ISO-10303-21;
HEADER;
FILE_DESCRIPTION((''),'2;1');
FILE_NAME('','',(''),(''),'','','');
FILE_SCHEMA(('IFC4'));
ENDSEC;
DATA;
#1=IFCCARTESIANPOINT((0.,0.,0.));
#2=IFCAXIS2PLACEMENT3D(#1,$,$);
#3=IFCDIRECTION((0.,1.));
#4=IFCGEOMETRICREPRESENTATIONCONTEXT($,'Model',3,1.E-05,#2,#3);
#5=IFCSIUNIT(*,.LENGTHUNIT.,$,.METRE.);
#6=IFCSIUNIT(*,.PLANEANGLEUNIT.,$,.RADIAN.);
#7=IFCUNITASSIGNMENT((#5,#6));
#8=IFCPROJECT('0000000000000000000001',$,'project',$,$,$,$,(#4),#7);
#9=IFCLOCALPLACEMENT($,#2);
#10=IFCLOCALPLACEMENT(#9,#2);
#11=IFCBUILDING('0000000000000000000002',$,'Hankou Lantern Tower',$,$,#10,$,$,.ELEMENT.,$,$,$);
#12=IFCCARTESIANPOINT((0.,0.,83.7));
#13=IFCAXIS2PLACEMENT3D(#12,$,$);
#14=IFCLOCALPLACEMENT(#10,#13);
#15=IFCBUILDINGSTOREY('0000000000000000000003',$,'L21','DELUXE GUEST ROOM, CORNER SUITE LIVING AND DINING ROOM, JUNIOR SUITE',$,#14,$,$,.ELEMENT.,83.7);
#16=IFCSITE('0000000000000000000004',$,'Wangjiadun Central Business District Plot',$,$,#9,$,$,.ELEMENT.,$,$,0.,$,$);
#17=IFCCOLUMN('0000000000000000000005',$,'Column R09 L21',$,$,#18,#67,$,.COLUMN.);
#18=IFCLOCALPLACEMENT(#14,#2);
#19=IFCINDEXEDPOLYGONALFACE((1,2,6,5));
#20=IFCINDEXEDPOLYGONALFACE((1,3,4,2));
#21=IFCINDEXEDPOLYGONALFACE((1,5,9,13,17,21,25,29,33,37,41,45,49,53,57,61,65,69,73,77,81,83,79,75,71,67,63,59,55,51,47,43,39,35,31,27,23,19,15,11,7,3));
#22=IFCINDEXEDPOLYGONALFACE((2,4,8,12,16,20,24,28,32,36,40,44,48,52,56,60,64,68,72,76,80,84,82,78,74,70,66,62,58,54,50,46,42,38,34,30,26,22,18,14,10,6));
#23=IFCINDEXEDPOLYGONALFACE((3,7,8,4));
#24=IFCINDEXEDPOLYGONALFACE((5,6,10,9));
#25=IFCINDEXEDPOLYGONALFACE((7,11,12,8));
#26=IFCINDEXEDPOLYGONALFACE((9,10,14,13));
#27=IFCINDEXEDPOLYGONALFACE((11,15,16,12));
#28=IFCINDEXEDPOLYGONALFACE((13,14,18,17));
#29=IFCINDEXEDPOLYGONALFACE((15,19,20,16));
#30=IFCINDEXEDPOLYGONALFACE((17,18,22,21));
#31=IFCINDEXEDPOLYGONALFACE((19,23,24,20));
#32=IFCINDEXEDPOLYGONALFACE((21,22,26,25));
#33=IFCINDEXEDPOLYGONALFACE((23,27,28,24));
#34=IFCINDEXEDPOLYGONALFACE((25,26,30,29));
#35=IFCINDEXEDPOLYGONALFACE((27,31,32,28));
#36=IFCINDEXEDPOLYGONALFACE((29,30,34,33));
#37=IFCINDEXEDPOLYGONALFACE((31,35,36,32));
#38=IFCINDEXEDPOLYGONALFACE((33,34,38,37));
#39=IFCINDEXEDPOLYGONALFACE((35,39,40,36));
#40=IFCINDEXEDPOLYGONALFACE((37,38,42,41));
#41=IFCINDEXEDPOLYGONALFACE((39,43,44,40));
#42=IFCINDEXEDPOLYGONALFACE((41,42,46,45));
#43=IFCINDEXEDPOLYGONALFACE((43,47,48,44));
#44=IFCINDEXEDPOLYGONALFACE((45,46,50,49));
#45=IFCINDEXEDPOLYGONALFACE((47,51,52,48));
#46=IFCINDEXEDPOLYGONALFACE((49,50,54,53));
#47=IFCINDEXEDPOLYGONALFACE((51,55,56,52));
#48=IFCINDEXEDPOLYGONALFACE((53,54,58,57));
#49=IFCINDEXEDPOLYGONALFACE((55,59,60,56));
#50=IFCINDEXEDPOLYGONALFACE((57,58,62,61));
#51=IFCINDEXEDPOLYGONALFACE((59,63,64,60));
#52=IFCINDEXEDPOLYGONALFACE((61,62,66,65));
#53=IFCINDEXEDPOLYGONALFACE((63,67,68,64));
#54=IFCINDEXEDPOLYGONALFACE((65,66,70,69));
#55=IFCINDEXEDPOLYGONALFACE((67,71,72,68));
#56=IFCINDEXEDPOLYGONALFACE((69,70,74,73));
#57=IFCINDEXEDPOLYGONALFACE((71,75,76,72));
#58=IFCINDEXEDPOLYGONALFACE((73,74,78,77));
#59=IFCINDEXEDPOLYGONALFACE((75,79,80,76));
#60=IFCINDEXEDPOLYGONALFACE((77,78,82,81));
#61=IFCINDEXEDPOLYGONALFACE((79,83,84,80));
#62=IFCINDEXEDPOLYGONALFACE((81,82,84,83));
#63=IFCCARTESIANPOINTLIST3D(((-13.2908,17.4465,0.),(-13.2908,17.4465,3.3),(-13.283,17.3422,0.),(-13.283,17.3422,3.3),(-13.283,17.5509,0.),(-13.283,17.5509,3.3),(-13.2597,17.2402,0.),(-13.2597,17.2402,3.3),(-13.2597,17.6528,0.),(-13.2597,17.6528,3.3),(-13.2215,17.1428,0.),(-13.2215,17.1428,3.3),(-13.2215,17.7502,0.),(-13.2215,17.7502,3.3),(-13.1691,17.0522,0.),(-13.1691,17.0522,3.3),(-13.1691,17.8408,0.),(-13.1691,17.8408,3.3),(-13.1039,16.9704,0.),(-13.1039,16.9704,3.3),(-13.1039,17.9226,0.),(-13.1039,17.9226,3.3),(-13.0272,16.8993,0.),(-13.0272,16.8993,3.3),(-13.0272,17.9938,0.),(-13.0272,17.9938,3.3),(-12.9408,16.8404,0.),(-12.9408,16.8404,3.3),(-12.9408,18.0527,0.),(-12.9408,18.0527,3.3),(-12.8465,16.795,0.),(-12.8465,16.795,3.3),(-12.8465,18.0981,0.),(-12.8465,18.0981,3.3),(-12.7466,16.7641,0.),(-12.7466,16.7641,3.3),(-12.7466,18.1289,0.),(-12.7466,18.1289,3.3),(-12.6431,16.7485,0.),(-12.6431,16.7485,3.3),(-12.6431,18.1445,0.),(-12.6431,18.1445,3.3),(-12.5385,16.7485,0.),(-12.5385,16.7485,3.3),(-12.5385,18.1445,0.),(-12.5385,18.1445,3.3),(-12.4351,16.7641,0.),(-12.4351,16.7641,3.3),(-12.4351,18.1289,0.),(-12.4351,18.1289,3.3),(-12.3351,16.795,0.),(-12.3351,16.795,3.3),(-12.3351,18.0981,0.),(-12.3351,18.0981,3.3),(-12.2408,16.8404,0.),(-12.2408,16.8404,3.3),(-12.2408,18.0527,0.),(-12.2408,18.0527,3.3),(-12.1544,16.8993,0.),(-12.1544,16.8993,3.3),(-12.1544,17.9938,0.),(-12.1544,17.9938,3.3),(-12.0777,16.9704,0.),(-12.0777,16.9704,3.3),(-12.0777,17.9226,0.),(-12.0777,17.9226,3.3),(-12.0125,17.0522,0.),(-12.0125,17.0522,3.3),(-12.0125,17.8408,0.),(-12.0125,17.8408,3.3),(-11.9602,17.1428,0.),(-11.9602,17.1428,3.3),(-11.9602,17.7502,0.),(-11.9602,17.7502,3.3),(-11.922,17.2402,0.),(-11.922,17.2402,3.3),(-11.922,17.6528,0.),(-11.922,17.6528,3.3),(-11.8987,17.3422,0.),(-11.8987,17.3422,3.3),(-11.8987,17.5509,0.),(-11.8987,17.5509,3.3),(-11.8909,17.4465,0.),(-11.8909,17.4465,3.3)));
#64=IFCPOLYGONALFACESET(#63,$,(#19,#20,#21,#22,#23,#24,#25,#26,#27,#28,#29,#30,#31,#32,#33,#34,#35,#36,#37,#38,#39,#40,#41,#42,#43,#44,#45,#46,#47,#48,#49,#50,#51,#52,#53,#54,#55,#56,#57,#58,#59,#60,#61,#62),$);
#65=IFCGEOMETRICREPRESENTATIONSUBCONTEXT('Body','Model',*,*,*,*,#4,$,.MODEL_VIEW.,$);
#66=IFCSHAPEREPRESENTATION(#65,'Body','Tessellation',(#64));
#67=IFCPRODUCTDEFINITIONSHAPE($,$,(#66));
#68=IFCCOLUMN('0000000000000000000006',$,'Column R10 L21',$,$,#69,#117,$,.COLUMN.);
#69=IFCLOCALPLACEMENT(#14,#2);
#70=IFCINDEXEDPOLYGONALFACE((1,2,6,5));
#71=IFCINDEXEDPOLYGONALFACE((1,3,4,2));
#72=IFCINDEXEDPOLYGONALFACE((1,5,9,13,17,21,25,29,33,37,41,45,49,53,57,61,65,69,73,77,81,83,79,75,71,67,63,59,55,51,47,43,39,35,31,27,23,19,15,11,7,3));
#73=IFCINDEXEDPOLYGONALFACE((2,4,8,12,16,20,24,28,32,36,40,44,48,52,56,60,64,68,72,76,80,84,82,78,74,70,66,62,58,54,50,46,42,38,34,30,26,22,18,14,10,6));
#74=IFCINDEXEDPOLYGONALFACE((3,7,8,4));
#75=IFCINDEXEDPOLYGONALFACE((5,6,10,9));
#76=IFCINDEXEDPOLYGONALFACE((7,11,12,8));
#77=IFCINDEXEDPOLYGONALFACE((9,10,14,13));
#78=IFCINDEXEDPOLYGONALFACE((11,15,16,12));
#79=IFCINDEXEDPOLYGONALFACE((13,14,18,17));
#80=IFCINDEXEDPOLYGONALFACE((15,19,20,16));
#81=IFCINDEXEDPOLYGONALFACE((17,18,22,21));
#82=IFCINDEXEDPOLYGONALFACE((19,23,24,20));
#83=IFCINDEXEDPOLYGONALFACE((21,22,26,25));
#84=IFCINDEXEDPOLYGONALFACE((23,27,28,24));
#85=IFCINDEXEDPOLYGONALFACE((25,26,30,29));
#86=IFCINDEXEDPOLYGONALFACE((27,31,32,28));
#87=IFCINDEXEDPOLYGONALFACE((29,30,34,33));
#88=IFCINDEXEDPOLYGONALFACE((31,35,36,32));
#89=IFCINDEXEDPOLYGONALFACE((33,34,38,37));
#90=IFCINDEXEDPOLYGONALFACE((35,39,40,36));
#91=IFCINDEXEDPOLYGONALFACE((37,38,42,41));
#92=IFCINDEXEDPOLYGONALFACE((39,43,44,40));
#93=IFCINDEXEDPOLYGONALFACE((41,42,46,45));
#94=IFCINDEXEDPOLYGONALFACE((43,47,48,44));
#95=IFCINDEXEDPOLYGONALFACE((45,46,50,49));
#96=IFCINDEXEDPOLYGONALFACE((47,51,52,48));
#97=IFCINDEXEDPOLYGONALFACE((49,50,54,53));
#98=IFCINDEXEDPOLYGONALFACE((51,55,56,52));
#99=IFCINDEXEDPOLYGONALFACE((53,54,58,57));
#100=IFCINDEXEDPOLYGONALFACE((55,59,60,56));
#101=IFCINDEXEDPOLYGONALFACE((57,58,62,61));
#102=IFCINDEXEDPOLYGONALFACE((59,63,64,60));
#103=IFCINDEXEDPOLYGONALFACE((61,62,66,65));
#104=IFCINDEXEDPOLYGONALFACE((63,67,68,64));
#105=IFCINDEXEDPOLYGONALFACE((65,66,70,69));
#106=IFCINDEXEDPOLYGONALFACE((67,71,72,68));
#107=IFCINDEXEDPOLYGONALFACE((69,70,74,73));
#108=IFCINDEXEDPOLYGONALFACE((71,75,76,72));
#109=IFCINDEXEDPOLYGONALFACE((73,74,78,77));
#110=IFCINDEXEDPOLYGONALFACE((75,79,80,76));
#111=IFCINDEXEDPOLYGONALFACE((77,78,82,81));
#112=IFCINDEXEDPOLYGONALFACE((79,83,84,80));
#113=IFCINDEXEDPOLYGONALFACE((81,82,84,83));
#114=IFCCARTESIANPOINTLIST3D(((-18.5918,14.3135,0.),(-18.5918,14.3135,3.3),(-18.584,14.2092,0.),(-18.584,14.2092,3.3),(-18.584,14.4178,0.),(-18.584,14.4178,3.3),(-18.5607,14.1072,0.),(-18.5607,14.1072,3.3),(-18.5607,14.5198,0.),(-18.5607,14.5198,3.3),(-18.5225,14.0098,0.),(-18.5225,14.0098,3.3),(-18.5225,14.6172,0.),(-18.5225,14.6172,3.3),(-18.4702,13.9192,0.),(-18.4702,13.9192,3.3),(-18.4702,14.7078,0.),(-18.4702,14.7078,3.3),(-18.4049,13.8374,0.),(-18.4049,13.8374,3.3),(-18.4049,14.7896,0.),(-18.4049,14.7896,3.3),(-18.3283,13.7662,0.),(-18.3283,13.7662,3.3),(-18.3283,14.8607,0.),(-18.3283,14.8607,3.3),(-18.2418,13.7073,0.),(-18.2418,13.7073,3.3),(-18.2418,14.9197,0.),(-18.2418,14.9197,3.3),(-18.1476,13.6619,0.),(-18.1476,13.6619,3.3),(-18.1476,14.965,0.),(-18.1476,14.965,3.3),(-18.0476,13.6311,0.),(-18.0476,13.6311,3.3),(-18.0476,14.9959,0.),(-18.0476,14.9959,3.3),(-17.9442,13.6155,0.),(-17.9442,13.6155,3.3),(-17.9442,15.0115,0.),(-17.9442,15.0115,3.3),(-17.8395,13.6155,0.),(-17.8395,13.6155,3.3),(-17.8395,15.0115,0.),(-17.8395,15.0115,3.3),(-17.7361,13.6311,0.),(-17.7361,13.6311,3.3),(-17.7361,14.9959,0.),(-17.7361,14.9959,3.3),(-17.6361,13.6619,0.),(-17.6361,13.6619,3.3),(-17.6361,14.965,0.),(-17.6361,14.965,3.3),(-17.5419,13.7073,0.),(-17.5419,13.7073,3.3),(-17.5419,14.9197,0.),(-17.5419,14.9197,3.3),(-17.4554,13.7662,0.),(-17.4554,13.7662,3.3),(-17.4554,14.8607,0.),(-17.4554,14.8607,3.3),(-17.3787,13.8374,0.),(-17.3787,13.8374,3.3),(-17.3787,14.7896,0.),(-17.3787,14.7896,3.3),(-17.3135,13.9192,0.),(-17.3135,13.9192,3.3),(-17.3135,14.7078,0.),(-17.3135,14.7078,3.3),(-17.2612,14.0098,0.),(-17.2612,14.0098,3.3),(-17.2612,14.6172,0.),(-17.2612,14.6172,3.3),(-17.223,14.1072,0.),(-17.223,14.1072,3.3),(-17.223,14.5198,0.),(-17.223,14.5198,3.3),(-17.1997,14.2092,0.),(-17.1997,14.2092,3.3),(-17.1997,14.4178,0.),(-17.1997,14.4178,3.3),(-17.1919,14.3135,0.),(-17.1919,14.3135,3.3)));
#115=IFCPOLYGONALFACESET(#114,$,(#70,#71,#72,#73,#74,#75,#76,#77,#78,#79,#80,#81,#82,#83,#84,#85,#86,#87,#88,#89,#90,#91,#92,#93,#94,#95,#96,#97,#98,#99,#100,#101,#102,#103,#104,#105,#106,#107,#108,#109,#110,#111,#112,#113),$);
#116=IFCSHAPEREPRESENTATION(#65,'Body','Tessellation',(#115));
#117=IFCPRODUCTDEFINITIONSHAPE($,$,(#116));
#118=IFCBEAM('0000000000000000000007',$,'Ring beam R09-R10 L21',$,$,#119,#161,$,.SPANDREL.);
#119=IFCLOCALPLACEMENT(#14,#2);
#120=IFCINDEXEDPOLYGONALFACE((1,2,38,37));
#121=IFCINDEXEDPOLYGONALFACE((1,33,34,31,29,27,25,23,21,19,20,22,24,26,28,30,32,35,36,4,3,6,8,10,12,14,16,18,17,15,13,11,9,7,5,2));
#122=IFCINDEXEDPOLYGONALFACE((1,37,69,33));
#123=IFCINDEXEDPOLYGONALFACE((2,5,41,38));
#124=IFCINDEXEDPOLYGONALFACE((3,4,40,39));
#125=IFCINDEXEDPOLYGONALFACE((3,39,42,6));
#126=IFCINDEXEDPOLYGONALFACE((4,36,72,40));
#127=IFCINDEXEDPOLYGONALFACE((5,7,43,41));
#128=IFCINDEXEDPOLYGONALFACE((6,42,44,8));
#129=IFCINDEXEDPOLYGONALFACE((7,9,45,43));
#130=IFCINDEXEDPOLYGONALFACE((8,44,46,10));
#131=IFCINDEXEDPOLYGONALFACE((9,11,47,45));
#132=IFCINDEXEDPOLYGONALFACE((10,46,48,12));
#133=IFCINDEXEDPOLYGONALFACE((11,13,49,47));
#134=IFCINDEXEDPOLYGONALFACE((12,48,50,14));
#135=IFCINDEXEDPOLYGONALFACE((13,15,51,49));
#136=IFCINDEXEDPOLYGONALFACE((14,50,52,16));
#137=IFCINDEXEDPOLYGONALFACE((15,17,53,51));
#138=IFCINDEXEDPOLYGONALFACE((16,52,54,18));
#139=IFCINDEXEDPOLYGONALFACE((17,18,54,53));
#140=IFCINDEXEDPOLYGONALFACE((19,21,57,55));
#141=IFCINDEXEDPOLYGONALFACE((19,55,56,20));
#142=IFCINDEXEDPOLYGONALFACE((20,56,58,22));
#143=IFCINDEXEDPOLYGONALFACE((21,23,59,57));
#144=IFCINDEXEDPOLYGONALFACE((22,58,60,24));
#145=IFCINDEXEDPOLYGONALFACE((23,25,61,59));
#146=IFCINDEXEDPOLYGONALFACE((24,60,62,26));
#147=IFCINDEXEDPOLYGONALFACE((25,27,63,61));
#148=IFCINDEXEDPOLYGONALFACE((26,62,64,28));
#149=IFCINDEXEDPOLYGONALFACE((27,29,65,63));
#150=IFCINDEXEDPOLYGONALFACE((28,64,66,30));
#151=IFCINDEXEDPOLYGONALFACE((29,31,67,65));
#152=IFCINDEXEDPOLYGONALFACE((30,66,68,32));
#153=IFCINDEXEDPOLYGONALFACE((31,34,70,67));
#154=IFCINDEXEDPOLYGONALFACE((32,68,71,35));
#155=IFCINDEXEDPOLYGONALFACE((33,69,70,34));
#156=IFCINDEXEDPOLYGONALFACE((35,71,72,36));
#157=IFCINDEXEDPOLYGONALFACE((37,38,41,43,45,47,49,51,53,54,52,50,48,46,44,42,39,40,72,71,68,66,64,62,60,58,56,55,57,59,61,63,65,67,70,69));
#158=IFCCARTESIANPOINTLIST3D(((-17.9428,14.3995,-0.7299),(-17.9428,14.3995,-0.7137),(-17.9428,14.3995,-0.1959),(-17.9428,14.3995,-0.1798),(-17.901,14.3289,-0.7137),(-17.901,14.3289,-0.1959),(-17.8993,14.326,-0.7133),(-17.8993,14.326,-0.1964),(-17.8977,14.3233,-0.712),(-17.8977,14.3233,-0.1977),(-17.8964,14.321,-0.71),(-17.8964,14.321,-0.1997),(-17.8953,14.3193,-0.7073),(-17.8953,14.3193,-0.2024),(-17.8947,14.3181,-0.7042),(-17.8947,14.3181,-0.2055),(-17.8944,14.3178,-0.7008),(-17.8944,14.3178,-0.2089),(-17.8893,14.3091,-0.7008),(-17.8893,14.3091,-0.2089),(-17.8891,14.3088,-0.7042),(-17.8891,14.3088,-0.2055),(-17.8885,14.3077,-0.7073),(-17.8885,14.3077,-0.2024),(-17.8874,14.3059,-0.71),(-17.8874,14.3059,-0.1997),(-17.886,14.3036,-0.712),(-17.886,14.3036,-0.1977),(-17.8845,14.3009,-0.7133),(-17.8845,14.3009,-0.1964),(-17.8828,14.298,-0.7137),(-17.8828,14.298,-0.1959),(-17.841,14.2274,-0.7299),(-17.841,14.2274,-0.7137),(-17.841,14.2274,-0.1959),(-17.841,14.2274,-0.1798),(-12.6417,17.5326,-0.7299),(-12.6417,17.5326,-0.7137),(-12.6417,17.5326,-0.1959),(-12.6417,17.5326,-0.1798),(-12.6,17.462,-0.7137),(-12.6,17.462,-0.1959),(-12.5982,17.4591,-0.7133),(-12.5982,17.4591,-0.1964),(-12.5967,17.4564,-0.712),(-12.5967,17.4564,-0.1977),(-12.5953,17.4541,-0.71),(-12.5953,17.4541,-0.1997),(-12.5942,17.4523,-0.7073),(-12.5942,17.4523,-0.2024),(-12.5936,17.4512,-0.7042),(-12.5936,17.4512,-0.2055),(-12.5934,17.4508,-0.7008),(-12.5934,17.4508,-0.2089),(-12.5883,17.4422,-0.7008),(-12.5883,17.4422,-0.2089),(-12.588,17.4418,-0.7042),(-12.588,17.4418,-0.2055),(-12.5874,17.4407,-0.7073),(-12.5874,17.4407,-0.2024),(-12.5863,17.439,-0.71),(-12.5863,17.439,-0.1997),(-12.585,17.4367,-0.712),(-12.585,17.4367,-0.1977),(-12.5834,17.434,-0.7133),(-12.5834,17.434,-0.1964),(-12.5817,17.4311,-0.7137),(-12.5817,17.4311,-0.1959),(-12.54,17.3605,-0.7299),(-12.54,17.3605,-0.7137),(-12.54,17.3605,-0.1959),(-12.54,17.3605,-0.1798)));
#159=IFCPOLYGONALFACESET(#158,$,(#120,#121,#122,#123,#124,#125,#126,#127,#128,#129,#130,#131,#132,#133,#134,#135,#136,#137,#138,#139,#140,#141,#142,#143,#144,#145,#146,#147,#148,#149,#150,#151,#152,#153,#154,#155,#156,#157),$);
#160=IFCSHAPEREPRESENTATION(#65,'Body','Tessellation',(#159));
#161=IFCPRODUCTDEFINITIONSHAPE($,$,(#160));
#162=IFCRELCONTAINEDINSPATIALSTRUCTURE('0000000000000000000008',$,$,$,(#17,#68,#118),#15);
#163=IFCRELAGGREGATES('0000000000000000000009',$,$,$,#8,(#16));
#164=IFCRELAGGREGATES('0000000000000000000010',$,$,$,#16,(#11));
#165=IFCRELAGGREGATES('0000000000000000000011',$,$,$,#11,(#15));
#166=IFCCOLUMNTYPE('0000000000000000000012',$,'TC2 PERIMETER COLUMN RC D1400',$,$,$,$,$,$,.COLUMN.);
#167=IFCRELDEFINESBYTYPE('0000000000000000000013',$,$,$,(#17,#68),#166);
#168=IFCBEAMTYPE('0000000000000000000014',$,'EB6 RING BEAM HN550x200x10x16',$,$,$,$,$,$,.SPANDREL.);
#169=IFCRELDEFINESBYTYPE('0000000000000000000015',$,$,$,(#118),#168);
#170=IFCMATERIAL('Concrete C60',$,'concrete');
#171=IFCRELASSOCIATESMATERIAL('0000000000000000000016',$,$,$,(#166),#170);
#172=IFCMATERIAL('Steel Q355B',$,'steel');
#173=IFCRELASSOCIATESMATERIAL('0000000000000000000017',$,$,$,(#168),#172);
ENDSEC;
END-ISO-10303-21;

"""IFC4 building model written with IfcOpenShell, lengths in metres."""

from ifc_helpers import new_model, si_unit, direction, frame, origin, origin_2d, place, context, subcontext, project, spatial, circle, i_section, extrude, material, material_profile, profile_set, type_object, element, save


model = new_model("IFC4")

# Units and contexts
model_context = context("Model", 3, precision=1e-05, world=origin(), true_north=direction((0.0, 1.0)))
body_context = subcontext(model_context, "Body", "Model", "MODEL_VIEW")
ifc_project = project(units=[si_unit("LENGTHUNIT", "METRE"), si_unit("PLANEANGLEUNIT", "RADIAN")], contexts=[model_context])

# Site, building, storey
site_placement = place(None, origin())
site = spatial("IfcSite", under=ifc_project, at=site_placement, Name="Wangjiadun Central Business District Plot", CompositionType="ELEMENT", RefElevation=0.0)
building_placement = place(site_placement, origin())
building = spatial("IfcBuilding", under=site, at=building_placement, Name="Hankou Lantern Tower", CompositionType="ELEMENT")
storey_placement = place(building_placement, frame((0.0, 0.0, 83.7)))
storey = spatial("IfcBuildingStorey", under=building, at=storey_placement, Name="L21", Description="DELUXE GUEST ROOM, CORNER SUITE LIVING AND DINING ROOM, JUNIOR SUITE", CompositionType="ELEMENT", Elevation=83.7)

# Columns
ifc_material_1 = material(Name="Concrete C60", Category="concrete")
ifc_material_profile_1 = material_profile(ifc_material_1, circle(Radius=0.7, at=origin_2d()), Name="RC D1400")
ifc_profile_set_1 = profile_set([ifc_material_profile_1], Name="Concrete C60")
column_type = type_object("IfcColumnType", Name="TC2 PERIMETER COLUMN RC D1400", PredefinedType="COLUMN", material=ifc_profile_set_1)
for number, where, z_axis, x_axis, name in (
    (1, (-12.5908, 17.4465, 0.0), (0.0, 0.0, 1.0), (1.0, 0.0, 0.0), "Column R09 L21"),
    (2, (-17.8918, 14.3135, 0.0), (0.0, 0.0, 1.0), (1.0, 0.0, 0.0), "Column R10 L21"),
):
    element("IfcColumn", number, at=place(storey_placement, frame(where, z_axis=z_axis, x_axis=x_axis)), inside=storey, type_object=column_type, Name=name, PredefinedType="COLUMN", context=body_context, shape_type="SweptSolid", body=[
        extrude(circle(Radius=0.7, at=origin_2d()), origin(), (0.0, 0.0, 1.0), 3.3),
    ])

# Beam
ifc_material_2 = material(Name="Steel Q355B", Category="steel")
ifc_material_profile_2 = material_profile(ifc_material_2, i_section(OverallWidth=0.2, OverallDepth=0.55, WebThickness=0.01, FlangeThickness=0.0161, FilletRadius=0.0129, at=origin_2d()), Name="HN550x200x10x16")
ifc_profile_set_2 = profile_set([ifc_material_profile_2], Name="Steel Q355B")
beam_type_1 = type_object("IfcBeamType", Name="EB6 RING BEAM HN550x200x10x16", PredefinedType="SPANDREL", material=ifc_profile_set_2)
beam_1_placement = place(storey_placement, frame((-12.5908, 17.4465, -0.4548), z_axis=(-0.860882, -0.508805, 0.0), x_axis=(0.508805, -0.860882, 0.0)))
element("IfcBeam", 3, at=beam_1_placement, inside=storey, type_object=beam_type_1, Name="Ring beam R09-R10 L21", PredefinedType="SPANDREL", context=body_context, shape_type="SweptSolid", body=[
    extrude(i_section(OverallWidth=0.2, OverallDepth=0.55, WebThickness=0.01, FlangeThickness=0.0161, FilletRadius=0.0129, at=origin_2d()), origin(), (0.0, 0.0, 1.0), 6.1577),
])

save(model, "model.ifc")
